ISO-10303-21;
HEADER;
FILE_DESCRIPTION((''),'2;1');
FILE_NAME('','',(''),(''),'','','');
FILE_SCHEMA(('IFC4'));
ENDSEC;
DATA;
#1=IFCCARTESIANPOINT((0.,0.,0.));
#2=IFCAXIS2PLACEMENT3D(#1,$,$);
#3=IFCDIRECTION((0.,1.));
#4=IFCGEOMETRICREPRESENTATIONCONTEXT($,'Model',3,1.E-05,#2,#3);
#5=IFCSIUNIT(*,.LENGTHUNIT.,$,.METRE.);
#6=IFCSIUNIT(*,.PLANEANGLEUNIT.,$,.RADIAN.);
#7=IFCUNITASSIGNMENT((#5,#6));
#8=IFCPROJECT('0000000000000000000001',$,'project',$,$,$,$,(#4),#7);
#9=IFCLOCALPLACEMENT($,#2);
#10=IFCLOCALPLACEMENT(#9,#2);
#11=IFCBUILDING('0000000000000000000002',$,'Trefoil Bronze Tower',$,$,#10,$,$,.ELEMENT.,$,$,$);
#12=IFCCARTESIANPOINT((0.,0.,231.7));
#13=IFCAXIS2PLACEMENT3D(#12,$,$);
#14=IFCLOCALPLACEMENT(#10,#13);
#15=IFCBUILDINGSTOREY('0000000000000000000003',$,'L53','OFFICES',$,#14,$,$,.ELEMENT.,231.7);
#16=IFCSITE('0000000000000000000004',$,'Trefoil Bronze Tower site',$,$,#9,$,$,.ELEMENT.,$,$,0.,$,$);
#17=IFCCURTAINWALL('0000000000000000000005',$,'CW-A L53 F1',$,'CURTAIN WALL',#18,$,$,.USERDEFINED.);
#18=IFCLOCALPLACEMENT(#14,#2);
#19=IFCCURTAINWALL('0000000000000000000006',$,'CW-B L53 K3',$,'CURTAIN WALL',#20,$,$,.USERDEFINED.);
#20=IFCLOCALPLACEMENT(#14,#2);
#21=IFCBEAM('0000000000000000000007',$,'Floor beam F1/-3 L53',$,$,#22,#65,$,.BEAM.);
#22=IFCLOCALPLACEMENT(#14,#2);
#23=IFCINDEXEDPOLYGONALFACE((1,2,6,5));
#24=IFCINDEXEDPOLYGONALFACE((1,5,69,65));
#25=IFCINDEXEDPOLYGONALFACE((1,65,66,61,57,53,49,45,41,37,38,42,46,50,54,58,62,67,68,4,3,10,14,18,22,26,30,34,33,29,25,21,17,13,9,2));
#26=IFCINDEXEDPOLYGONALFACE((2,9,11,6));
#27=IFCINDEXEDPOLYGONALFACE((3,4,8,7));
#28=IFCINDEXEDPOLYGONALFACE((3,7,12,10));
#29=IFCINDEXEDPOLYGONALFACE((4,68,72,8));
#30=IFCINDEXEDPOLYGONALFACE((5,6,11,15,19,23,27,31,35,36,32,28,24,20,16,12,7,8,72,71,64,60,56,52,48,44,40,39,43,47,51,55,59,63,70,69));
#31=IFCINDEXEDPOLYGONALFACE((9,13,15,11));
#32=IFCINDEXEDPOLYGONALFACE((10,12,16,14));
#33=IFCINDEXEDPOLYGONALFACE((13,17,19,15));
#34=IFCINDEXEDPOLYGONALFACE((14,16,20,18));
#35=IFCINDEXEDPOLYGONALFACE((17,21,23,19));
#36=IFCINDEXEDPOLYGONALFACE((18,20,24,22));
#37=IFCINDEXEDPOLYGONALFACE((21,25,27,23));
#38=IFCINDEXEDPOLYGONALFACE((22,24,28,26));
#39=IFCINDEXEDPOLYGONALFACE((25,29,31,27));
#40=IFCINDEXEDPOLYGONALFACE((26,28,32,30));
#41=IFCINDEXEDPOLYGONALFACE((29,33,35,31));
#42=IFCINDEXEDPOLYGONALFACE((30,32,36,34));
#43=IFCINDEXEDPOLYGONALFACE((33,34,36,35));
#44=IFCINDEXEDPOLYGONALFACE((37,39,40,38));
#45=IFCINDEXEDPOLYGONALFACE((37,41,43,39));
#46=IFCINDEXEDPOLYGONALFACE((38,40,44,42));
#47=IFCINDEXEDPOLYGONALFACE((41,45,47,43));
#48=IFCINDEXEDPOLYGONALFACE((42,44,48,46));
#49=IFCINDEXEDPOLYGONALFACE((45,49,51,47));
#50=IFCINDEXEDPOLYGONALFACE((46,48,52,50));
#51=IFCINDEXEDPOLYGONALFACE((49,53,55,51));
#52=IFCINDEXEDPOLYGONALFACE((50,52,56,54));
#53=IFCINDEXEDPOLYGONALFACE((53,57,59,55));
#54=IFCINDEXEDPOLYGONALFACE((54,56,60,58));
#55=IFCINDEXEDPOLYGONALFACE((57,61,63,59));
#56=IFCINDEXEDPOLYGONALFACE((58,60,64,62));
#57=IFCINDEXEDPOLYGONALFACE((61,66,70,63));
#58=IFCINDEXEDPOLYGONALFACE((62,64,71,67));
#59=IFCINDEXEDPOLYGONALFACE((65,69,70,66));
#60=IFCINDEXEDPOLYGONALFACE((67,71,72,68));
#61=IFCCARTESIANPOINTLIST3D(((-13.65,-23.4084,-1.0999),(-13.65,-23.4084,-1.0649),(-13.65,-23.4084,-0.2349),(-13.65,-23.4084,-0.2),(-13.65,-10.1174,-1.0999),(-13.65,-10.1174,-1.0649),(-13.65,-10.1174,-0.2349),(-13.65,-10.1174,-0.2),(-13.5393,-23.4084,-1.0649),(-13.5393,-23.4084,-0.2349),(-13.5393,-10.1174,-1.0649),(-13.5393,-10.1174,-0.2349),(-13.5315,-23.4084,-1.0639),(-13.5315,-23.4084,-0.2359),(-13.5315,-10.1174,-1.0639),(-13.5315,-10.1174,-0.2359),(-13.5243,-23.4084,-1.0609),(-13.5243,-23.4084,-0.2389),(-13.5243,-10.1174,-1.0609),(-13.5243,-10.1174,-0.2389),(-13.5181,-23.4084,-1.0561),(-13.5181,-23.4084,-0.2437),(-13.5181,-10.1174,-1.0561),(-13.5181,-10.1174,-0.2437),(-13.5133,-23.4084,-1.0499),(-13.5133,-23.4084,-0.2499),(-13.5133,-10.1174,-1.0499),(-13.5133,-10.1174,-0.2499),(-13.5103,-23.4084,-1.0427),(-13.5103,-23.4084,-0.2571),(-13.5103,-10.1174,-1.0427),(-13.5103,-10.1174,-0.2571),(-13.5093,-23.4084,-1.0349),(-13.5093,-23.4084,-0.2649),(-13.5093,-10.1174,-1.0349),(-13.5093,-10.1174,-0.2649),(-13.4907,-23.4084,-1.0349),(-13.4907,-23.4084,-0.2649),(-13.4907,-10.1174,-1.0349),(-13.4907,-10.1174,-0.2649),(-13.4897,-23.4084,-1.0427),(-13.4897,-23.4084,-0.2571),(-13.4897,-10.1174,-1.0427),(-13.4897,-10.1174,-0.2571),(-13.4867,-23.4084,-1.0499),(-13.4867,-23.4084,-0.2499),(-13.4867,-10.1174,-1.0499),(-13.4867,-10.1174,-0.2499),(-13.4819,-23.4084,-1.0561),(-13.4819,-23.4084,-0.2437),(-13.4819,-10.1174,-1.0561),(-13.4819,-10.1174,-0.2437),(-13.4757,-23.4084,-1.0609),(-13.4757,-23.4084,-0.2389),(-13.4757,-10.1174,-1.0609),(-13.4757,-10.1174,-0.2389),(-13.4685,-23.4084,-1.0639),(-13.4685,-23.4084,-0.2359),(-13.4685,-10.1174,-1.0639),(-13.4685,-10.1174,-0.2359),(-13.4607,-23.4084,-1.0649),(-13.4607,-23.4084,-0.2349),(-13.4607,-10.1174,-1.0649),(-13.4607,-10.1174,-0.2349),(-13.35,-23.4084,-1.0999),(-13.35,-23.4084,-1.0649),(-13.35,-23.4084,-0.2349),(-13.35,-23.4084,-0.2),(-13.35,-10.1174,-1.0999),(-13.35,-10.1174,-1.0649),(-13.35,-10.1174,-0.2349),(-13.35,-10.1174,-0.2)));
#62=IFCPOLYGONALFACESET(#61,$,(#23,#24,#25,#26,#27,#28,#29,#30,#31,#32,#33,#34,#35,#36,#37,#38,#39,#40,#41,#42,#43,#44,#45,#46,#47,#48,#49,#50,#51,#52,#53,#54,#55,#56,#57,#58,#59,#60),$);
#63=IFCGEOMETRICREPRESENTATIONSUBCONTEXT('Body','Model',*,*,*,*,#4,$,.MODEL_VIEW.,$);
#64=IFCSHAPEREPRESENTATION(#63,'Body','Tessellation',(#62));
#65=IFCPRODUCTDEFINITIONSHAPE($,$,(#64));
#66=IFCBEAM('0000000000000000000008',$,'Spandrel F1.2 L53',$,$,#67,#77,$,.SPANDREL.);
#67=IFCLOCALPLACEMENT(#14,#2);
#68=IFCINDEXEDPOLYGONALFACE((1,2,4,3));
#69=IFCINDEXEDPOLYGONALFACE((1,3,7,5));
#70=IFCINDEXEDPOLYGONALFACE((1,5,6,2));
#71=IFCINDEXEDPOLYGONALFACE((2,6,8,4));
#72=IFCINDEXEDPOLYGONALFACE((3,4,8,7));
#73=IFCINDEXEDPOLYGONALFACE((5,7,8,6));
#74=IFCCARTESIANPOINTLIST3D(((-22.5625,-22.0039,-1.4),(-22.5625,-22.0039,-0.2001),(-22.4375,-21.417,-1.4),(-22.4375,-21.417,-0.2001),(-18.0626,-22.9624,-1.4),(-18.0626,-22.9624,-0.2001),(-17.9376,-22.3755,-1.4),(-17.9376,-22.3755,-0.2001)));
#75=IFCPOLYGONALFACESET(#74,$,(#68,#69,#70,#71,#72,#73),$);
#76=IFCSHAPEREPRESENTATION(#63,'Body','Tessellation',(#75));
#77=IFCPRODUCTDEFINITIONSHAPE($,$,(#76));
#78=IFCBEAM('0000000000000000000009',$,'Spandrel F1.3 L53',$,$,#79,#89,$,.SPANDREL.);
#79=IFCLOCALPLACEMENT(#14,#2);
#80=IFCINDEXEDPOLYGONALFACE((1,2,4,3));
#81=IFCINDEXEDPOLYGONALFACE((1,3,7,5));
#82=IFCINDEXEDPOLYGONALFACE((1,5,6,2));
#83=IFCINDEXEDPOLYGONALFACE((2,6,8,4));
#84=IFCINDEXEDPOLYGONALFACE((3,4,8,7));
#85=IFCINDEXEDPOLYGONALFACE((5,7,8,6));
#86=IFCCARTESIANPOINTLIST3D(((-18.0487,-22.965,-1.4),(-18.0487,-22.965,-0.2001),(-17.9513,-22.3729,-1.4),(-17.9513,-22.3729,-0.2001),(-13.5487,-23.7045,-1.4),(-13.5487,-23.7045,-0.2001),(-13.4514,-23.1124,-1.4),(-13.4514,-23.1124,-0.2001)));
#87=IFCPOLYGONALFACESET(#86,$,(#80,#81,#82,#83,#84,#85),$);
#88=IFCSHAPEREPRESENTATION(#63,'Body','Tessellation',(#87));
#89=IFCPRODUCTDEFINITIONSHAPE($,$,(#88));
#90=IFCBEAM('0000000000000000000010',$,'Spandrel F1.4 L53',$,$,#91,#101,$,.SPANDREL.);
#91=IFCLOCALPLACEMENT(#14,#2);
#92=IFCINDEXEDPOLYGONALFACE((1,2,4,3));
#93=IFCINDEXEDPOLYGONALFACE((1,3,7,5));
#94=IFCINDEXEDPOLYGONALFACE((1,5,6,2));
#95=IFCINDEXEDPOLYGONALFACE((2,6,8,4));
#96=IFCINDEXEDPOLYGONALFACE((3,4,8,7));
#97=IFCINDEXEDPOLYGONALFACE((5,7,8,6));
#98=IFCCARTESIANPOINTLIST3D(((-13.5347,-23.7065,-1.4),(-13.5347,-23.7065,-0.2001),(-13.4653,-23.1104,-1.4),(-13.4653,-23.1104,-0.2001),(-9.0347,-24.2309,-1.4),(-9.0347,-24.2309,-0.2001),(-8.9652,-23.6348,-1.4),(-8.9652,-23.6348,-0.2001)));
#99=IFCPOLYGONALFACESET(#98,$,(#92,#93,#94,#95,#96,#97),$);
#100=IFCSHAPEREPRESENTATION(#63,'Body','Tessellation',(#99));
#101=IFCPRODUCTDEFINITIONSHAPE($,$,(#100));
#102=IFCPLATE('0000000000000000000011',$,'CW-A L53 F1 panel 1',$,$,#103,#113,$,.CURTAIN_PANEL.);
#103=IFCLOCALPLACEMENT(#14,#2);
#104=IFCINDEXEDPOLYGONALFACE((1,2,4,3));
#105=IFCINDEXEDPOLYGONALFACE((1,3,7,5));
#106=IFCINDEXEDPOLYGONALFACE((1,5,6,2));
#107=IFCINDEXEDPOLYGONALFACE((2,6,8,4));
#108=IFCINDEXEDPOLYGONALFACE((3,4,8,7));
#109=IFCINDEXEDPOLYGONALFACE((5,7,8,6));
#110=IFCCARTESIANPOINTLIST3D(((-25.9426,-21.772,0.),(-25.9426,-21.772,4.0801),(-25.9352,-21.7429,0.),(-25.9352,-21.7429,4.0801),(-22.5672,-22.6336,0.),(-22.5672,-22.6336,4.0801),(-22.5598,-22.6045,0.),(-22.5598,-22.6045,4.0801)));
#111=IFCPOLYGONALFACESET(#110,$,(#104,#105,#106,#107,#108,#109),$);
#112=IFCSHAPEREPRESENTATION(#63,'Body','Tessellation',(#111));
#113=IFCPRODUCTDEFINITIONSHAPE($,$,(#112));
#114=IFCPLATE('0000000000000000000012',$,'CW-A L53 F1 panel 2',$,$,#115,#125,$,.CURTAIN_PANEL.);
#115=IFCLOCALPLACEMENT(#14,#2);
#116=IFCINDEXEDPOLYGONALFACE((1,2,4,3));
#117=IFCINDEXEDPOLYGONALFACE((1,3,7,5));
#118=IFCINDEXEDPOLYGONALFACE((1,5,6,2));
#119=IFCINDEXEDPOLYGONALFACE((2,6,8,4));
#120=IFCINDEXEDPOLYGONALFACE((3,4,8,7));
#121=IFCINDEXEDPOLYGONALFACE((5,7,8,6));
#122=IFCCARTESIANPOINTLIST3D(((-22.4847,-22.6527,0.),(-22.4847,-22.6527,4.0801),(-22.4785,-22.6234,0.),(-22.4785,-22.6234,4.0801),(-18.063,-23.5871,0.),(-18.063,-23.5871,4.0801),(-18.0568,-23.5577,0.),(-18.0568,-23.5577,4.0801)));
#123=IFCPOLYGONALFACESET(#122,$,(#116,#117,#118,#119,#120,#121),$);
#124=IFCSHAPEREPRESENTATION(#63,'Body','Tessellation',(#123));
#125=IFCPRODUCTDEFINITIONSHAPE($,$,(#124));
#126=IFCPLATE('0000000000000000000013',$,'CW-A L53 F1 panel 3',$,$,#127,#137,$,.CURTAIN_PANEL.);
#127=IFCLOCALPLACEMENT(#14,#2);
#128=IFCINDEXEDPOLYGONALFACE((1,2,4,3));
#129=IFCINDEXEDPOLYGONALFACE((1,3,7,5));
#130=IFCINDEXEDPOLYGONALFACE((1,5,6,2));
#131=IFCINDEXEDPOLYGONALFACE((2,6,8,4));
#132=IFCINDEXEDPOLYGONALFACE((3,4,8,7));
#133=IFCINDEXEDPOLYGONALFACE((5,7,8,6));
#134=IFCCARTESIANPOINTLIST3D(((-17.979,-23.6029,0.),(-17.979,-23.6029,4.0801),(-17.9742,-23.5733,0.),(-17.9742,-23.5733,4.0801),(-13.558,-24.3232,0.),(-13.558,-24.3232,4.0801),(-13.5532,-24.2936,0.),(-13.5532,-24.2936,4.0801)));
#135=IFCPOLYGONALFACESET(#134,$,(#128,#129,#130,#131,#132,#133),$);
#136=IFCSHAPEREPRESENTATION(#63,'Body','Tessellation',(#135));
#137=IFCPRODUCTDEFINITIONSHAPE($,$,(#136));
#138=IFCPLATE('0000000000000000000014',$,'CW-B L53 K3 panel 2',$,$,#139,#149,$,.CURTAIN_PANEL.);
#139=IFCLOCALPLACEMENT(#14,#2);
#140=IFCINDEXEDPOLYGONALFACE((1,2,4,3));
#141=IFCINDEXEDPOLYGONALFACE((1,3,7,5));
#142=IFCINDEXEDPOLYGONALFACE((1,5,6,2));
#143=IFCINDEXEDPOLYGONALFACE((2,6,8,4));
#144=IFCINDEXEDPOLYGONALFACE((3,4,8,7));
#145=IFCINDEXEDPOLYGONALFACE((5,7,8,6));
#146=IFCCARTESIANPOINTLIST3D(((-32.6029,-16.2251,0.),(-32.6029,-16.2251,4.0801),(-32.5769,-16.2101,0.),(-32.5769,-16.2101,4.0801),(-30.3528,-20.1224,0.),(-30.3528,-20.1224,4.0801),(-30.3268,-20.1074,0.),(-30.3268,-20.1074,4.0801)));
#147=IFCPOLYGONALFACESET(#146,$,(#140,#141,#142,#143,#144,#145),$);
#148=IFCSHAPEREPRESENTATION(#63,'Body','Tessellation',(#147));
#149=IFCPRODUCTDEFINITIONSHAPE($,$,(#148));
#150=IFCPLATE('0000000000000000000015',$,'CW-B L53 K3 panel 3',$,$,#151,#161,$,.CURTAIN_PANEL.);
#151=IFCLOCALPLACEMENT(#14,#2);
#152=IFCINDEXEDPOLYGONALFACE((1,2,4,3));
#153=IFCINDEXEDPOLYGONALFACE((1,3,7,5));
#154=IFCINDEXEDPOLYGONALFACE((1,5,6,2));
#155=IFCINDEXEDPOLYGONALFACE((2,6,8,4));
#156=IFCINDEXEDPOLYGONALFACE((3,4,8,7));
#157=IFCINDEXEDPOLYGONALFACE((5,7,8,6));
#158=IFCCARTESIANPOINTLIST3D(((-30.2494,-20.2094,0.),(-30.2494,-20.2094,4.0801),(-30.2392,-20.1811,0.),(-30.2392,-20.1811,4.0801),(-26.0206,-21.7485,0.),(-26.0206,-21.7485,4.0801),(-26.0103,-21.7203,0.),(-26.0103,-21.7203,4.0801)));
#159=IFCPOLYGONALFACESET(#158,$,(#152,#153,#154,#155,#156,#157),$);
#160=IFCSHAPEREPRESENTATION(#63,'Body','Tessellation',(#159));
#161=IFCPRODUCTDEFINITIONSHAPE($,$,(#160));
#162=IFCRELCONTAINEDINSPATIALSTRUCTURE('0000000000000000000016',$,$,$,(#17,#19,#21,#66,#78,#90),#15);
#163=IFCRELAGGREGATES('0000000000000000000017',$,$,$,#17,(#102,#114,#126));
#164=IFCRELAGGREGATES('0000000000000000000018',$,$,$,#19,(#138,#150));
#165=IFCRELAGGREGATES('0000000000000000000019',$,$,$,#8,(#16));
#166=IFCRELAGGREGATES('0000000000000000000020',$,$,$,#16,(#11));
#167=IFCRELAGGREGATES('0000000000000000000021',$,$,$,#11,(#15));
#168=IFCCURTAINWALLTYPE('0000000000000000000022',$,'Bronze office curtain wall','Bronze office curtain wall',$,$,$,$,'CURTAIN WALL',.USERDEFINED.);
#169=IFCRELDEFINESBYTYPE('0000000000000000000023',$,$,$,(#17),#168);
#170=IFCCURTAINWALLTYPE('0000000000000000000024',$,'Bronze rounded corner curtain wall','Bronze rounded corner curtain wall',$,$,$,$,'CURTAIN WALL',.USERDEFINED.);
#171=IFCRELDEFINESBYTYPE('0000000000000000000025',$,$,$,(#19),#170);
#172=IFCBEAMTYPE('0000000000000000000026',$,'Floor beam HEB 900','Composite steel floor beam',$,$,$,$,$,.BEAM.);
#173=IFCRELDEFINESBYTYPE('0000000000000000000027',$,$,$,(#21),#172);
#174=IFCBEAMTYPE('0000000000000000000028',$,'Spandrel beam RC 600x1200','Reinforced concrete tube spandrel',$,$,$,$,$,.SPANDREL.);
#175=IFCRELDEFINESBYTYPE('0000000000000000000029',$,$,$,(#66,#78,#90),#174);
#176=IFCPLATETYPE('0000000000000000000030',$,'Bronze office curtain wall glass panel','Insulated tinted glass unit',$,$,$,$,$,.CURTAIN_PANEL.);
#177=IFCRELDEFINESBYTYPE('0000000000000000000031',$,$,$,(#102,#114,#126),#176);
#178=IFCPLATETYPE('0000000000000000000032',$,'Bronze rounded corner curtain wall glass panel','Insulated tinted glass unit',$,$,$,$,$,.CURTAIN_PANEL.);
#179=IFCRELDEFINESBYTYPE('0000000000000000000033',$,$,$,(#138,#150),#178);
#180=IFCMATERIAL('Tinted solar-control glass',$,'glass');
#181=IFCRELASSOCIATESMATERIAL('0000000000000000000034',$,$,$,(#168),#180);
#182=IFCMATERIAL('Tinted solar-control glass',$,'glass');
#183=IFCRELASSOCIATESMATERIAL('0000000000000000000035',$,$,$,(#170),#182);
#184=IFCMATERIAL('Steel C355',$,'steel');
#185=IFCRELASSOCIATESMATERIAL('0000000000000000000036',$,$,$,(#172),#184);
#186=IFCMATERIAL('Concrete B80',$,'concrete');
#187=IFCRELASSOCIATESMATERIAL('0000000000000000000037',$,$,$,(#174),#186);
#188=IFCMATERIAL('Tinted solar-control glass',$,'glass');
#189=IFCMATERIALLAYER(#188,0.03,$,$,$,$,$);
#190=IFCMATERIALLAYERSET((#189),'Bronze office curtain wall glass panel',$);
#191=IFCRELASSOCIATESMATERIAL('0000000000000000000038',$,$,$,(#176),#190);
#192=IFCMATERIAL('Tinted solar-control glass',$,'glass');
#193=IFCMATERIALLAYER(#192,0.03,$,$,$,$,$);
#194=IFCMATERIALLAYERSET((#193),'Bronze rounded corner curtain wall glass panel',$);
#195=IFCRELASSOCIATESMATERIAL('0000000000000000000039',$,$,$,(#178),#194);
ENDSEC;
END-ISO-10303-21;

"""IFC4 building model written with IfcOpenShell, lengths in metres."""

from ifc_helpers import new_model, si_unit, direction, frame, origin, origin_2d, place, context, subcontext, project, spatial, rectangle, i_section, extrude, material, layer, layer_set, material_profile, profile_set, type_object, element, aggregate, save


model = new_model("IFC4")

# Units and contexts
model_context = context("Model", 3, precision=1e-05, world=origin(), true_north=direction((0.0, 1.0)))
body_context = subcontext(model_context, "Body", "Model", "MODEL_VIEW")
ifc_project = project(units=[si_unit("LENGTHUNIT", "METRE"), si_unit("PLANEANGLEUNIT", "RADIAN")], contexts=[model_context])

# Site, building, storey
site_placement = place(None, origin())
site = spatial("IfcSite", under=ifc_project, at=site_placement, Name="Trefoil Bronze Tower site", CompositionType="ELEMENT", RefElevation=0.0)
building_placement = place(site_placement, origin())
building = spatial("IfcBuilding", under=site, at=building_placement, Name="Trefoil Bronze Tower", CompositionType="ELEMENT")
storey_placement = place(building_placement, frame((0.0, 0.0, 231.7)))
storey = spatial("IfcBuildingStorey", under=building, at=storey_placement, Name="L53", Description="OFFICES", CompositionType="ELEMENT", Elevation=231.7)

# Curtain walls
ifc_material_1 = material(Name="Tinted solar-control glass", Category="glass")
curtain_wall_type_1 = type_object("IfcCurtainWallType", Name="Bronze office curtain wall", Description="Bronze office curtain wall", ElementType="CURTAIN WALL", PredefinedType="USERDEFINED", material=ifc_material_1)
curtain_wall_1_placement = place(storey_placement, origin())
curtain_wall_1 = element("IfcCurtainWall", 1, at=curtain_wall_1_placement, inside=storey, type_object=curtain_wall_type_1, Name="CW-A L53 F1", ObjectType="CURTAIN WALL", PredefinedType="USERDEFINED")
ifc_material_2 = material(Name="Tinted solar-control glass", Category="glass")
curtain_wall_type_2 = type_object("IfcCurtainWallType", Name="Bronze rounded corner curtain wall", Description="Bronze rounded corner curtain wall", ElementType="CURTAIN WALL", PredefinedType="USERDEFINED", material=ifc_material_2)
curtain_wall_2_placement = place(storey_placement, origin())
curtain_wall_2 = element("IfcCurtainWall", 2, at=curtain_wall_2_placement, inside=storey, type_object=curtain_wall_type_2, Name="CW-B L53 K3", ObjectType="CURTAIN WALL", PredefinedType="USERDEFINED")

# Beams
ifc_material_3 = material(Name="Steel C355", Category="steel")
ifc_material_profile_1 = material_profile(ifc_material_3, i_section(OverallWidth=0.3, OverallDepth=0.8999, WebThickness=0.0186, FlangeThickness=0.0349, FilletRadius=0.03, at=origin_2d()), Name="HEB 900")
ifc_profile_set_1 = profile_set([ifc_material_profile_1], Name="Steel C355")
beam_type_1 = type_object("IfcBeamType", Name="Floor beam HEB 900", Description="Composite steel floor beam", PredefinedType="BEAM", material=ifc_profile_set_1)
beam_1_placement = place(storey_placement, frame((-13.5, -23.4084, -0.6499), z_axis=(0.0, 1.0, 0.0), x_axis=(-1.0, 0.0, 0.0)))
element("IfcBeam", 3, at=beam_1_placement, inside=storey, type_object=beam_type_1, Name="Floor beam F1/-3 L53", PredefinedType="BEAM", context=body_context, shape_type="SweptSolid", body=[
    extrude(i_section(OverallWidth=0.3, OverallDepth=0.8999, WebThickness=0.0186, FlangeThickness=0.0349, FilletRadius=0.03, at=origin_2d()), origin(), (0.0, 0.0, 1.0), 13.291),
])
ifc_material_4 = material(Name="Concrete B80", Category="concrete")
ifc_material_profile_2 = material_profile(ifc_material_4, rectangle(XDim=0.6001, YDim=1.2, at=origin_2d()), Name="RC 600x1200")
ifc_profile_set_2 = profile_set([ifc_material_profile_2], Name="Concrete B80")
beam_type_2 = type_object("IfcBeamType", Name="Spandrel beam RC 600x1200", Description="Reinforced concrete tube spandrel", PredefinedType="SPANDREL", material=ifc_profile_set_2)
beam_2_placement = place(storey_placement, frame((-22.5, -21.7104, -0.8), z_axis=(0.978059, -0.208326, 0.0), x_axis=(0.208326, 0.978059, 0.0)))
element("IfcBeam", 4, at=beam_2_placement, inside=storey, type_object=beam_type_2, Name="Spandrel F1.2 L53", PredefinedType="SPANDREL", context=body_context, shape_type="SweptSolid", body=[
    extrude(rectangle(XDim=0.6001, YDim=1.2, at=origin_2d()), origin(), (0.0, 0.0, 1.0), 4.6008),
])
beam_3_placement = place(storey_placement, frame((-18.0, -22.6689, -0.8), z_axis=(0.986765, -0.162159, 0.0), x_axis=(0.162159, 0.986765, 0.0)))
element("IfcBeam", 5, at=beam_3_placement, inside=storey, type_object=beam_type_2, Name="Spandrel F1.3 L53", PredefinedType="SPANDREL", context=body_context, shape_type="SweptSolid", body=[
    extrude(rectangle(XDim=0.6001, YDim=1.2, at=origin_2d()), origin(), (0.0, 0.0, 1.0), 4.5603),
])
beam_4_placement = place(storey_placement, frame((-13.5, -23.4084, -0.8), z_axis=(0.993278, -0.115753, 0.0), x_axis=(0.115753, 0.993278, 0.0)))
element("IfcBeam", 6, at=beam_4_placement, inside=storey, type_object=beam_type_2, Name="Spandrel F1.4 L53", PredefinedType="SPANDREL", context=body_context, shape_type="SweptSolid", body=[
    extrude(rectangle(XDim=0.6001, YDim=1.2, at=origin_2d()), origin(), (0.0, 0.0, 1.0), 4.5305),
])

# Plates
ifc_material_5 = material(Name="Tinted solar-control glass", Category="glass")
ifc_layer_1 = layer(ifc_material_5, 0.03)
ifc_layer_set_1 = layer_set([ifc_layer_1], Name="Bronze office curtain wall glass panel")
plate_type_1 = type_object("IfcPlateType", Name="Bronze office curtain wall glass panel", Description="Insulated tinted glass unit", PredefinedType="CURTAIN_PANEL", material=ifc_layer_set_1)
plate_1_placement = place(storey_placement, frame((-24.2512, -22.1882, 0.0), z_axis=(0.0, 0.0, 1.0), x_axis=(0.968934, -0.247319, 0.0)))
plate_1 = element("IfcPlate", 7, at=plate_1_placement, type_object=plate_type_1, Name="CW-A L53 F1 panel 1", PredefinedType="CURTAIN_PANEL", context=body_context, shape_type="SweptSolid", body=[
    extrude(rectangle(XDim=3.4836, YDim=0.03, at=origin_2d()), origin(), (0.0, 0.0, 1.0), 4.0801),
])
plate_2_placement = place(storey_placement, frame((-20.2708, -23.1052, 0.0), z_axis=(0.0, 0.0, 1.0), x_axis=(0.978394, -0.206747, 0.0)))
plate_2 = element("IfcPlate", 8, at=plate_2_placement, type_object=plate_type_1, Name="CW-A L53 F1 panel 2", PredefinedType="CURTAIN_PANEL", context=body_context, shape_type="SweptSolid", body=[
    extrude(rectangle(XDim=4.5193, YDim=0.03, at=origin_2d()), origin(), (0.0, 0.0, 1.0), 4.0801),
])
plate_3_placement = place(storey_placement, frame((-15.7661, -23.9482, 0.0), z_axis=(0.0, 0.0, 1.0), x_axis=(0.986987, -0.160803, 0.0)))
plate_3 = element("IfcPlate", 9, at=plate_3_placement, type_object=plate_type_1, Name="CW-A L53 F1 panel 3", PredefinedType="CURTAIN_PANEL", context=body_context, shape_type="SweptSolid", body=[
    extrude(rectangle(XDim=4.4792, YDim=0.03, at=origin_2d()), origin(), (0.0, 0.0, 1.0), 4.0801),
])
aggregate(curtain_wall_1, [plate_1, plate_2, plate_3])
ifc_material_6 = material(Name="Tinted solar-control glass", Category="glass")
ifc_layer_2 = layer(ifc_material_6, 0.03)
ifc_layer_set_2 = layer_set([ifc_layer_2], Name="Bronze rounded corner curtain wall glass panel")
plate_type_2 = type_object("IfcPlateType", Name="Bronze rounded corner curtain wall glass panel", Description="Insulated tinted glass unit", PredefinedType="CURTAIN_PANEL", material=ifc_layer_set_2)
plate_4_placement = place(storey_placement, frame((-31.4648, -18.1663, 0.0), z_axis=(0.0, 0.0, 1.0), x_axis=(0.5, -0.866025, 0.0)))
plate_4 = element("IfcPlate", 10, at=plate_4_placement, type_object=plate_type_2, Name="CW-B L53 K3 panel 2", PredefinedType="CURTAIN_PANEL", context=body_context, shape_type="SweptSolid", body=[
    extrude(rectangle(XDim=4.5002, YDim=0.03, at=origin_2d()), origin(), (0.0, 0.0, 1.0), 4.0801),
])
plate_5_placement = place(storey_placement, frame((-28.1299, -20.9648, 0.0), z_axis=(0.0, 0.0, 1.0), x_axis=(0.939693, -0.34202, 0.0)))
plate_5 = element("IfcPlate", 11, at=plate_5_placement, type_object=plate_type_2, Name="CW-B L53 K3 panel 3", PredefinedType="CURTAIN_PANEL", context=body_context, shape_type="SweptSolid", body=[
    extrude(rectangle(XDim=4.5002, YDim=0.03, at=origin_2d()), origin(), (0.0, 0.0, 1.0), 4.0801),
])
aggregate(curtain_wall_2, [plate_4, plate_5])

save(model, "model.ifc")
